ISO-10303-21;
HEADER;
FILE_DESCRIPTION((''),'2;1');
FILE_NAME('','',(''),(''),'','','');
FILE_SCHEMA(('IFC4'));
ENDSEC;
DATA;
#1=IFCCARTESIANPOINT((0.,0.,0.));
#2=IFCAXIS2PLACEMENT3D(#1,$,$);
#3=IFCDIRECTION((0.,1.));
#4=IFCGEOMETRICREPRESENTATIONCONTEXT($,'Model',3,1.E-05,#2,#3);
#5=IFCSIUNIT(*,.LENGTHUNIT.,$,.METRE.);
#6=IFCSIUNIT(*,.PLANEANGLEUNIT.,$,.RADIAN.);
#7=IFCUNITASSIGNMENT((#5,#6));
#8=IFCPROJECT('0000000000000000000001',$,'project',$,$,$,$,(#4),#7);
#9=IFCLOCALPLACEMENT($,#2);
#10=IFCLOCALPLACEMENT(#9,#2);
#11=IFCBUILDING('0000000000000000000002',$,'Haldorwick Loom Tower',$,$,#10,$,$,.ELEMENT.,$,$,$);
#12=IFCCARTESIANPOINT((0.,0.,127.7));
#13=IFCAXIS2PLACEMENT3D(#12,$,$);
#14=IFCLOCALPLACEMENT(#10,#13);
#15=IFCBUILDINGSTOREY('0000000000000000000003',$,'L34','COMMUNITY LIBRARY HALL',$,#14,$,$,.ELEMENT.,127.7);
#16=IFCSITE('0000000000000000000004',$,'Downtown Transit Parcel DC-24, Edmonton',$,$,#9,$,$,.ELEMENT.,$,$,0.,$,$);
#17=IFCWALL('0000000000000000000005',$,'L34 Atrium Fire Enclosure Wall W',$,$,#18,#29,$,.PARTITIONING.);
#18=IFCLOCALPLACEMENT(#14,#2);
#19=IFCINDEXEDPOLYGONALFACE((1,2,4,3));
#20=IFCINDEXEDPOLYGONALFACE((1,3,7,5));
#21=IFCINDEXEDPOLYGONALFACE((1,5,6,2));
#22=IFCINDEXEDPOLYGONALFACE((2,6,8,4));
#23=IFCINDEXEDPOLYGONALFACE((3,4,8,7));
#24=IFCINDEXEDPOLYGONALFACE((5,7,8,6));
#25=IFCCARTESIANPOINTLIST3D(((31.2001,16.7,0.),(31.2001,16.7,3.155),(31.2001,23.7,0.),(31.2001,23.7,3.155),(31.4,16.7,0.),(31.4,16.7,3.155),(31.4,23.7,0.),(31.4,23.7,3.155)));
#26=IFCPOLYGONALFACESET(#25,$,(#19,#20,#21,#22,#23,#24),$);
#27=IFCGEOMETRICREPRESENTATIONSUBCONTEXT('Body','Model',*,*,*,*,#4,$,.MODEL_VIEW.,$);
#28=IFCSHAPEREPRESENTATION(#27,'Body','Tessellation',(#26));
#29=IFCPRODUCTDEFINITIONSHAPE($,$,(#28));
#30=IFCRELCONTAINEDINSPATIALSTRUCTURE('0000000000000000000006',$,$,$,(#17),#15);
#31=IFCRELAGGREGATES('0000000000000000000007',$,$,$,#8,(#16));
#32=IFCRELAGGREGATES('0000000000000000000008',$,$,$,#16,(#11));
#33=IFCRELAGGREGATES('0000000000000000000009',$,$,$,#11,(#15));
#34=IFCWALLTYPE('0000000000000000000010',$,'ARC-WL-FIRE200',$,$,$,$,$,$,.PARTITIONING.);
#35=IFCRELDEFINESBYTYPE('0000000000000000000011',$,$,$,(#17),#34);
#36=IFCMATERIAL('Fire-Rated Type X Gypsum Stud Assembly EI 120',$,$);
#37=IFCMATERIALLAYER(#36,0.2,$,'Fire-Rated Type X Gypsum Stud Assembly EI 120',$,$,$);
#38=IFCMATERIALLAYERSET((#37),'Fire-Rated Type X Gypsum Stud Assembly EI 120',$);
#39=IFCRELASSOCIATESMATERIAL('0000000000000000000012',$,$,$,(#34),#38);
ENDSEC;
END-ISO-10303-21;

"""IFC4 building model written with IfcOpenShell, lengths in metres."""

from ifc_helpers import new_model, si_unit, direction, frame, frame_2d, origin, place, context, subcontext, project, spatial, rectangle, extrude, material, layer, layer_set, type_object, element, save


model = new_model("IFC4")

# Units and contexts
model_context = context("Model", 3, precision=1e-05, world=origin(), true_north=direction((0.0, 1.0)))
body_context = subcontext(model_context, "Body", "Model", "MODEL_VIEW")
ifc_project = project(units=[si_unit("LENGTHUNIT", "METRE"), si_unit("PLANEANGLEUNIT", "RADIAN")], contexts=[model_context])

# Site, building, storey
site_placement = place(None, origin())
site = spatial("IfcSite", under=ifc_project, at=site_placement, Name="Downtown Transit Parcel DC-24, Edmonton", CompositionType="ELEMENT", RefElevation=0.0)
building_placement = place(site_placement, origin())
building = spatial("IfcBuilding", under=site, at=building_placement, Name="Haldorwick Loom Tower", CompositionType="ELEMENT")
storey_placement = place(building_placement, frame((0.0, 0.0, 127.7)))
storey = spatial("IfcBuildingStorey", under=building, at=storey_placement, Name="L34", Description="COMMUNITY LIBRARY HALL", CompositionType="ELEMENT", Elevation=127.7)

# Wall
ifc_material_1 = material(Name="Fire-Rated Type X Gypsum Stud Assembly EI 120")
ifc_layer_1 = layer(ifc_material_1, 0.2, Name="Fire-Rated Type X Gypsum Stud Assembly EI 120")
ifc_layer_set_1 = layer_set([ifc_layer_1], Name="Fire-Rated Type X Gypsum Stud Assembly EI 120")
wall_type_1 = type_object("IfcWallType", Name="ARC-WL-FIRE200", PredefinedType="PARTITIONING", material=ifc_layer_set_1)
wall_1_placement = place(storey_placement, frame((31.3, 16.7, 0.0), z_axis=(0.0, 0.0, 1.0), x_axis=(0.0, 1.0, 0.0)))
element("IfcWall", 1, at=wall_1_placement, inside=storey, type_object=wall_type_1, Name="L34 Atrium Fire Enclosure Wall W", PredefinedType="PARTITIONING", context=body_context, shape_type="SweptSolid", body=[
    extrude(rectangle(XDim=7.0, YDim=0.2, at=frame_2d((3.5, 0.0))), origin(), (0.0, 0.0, 1.0), 3.155),
])

save(model, "model.ifc")
